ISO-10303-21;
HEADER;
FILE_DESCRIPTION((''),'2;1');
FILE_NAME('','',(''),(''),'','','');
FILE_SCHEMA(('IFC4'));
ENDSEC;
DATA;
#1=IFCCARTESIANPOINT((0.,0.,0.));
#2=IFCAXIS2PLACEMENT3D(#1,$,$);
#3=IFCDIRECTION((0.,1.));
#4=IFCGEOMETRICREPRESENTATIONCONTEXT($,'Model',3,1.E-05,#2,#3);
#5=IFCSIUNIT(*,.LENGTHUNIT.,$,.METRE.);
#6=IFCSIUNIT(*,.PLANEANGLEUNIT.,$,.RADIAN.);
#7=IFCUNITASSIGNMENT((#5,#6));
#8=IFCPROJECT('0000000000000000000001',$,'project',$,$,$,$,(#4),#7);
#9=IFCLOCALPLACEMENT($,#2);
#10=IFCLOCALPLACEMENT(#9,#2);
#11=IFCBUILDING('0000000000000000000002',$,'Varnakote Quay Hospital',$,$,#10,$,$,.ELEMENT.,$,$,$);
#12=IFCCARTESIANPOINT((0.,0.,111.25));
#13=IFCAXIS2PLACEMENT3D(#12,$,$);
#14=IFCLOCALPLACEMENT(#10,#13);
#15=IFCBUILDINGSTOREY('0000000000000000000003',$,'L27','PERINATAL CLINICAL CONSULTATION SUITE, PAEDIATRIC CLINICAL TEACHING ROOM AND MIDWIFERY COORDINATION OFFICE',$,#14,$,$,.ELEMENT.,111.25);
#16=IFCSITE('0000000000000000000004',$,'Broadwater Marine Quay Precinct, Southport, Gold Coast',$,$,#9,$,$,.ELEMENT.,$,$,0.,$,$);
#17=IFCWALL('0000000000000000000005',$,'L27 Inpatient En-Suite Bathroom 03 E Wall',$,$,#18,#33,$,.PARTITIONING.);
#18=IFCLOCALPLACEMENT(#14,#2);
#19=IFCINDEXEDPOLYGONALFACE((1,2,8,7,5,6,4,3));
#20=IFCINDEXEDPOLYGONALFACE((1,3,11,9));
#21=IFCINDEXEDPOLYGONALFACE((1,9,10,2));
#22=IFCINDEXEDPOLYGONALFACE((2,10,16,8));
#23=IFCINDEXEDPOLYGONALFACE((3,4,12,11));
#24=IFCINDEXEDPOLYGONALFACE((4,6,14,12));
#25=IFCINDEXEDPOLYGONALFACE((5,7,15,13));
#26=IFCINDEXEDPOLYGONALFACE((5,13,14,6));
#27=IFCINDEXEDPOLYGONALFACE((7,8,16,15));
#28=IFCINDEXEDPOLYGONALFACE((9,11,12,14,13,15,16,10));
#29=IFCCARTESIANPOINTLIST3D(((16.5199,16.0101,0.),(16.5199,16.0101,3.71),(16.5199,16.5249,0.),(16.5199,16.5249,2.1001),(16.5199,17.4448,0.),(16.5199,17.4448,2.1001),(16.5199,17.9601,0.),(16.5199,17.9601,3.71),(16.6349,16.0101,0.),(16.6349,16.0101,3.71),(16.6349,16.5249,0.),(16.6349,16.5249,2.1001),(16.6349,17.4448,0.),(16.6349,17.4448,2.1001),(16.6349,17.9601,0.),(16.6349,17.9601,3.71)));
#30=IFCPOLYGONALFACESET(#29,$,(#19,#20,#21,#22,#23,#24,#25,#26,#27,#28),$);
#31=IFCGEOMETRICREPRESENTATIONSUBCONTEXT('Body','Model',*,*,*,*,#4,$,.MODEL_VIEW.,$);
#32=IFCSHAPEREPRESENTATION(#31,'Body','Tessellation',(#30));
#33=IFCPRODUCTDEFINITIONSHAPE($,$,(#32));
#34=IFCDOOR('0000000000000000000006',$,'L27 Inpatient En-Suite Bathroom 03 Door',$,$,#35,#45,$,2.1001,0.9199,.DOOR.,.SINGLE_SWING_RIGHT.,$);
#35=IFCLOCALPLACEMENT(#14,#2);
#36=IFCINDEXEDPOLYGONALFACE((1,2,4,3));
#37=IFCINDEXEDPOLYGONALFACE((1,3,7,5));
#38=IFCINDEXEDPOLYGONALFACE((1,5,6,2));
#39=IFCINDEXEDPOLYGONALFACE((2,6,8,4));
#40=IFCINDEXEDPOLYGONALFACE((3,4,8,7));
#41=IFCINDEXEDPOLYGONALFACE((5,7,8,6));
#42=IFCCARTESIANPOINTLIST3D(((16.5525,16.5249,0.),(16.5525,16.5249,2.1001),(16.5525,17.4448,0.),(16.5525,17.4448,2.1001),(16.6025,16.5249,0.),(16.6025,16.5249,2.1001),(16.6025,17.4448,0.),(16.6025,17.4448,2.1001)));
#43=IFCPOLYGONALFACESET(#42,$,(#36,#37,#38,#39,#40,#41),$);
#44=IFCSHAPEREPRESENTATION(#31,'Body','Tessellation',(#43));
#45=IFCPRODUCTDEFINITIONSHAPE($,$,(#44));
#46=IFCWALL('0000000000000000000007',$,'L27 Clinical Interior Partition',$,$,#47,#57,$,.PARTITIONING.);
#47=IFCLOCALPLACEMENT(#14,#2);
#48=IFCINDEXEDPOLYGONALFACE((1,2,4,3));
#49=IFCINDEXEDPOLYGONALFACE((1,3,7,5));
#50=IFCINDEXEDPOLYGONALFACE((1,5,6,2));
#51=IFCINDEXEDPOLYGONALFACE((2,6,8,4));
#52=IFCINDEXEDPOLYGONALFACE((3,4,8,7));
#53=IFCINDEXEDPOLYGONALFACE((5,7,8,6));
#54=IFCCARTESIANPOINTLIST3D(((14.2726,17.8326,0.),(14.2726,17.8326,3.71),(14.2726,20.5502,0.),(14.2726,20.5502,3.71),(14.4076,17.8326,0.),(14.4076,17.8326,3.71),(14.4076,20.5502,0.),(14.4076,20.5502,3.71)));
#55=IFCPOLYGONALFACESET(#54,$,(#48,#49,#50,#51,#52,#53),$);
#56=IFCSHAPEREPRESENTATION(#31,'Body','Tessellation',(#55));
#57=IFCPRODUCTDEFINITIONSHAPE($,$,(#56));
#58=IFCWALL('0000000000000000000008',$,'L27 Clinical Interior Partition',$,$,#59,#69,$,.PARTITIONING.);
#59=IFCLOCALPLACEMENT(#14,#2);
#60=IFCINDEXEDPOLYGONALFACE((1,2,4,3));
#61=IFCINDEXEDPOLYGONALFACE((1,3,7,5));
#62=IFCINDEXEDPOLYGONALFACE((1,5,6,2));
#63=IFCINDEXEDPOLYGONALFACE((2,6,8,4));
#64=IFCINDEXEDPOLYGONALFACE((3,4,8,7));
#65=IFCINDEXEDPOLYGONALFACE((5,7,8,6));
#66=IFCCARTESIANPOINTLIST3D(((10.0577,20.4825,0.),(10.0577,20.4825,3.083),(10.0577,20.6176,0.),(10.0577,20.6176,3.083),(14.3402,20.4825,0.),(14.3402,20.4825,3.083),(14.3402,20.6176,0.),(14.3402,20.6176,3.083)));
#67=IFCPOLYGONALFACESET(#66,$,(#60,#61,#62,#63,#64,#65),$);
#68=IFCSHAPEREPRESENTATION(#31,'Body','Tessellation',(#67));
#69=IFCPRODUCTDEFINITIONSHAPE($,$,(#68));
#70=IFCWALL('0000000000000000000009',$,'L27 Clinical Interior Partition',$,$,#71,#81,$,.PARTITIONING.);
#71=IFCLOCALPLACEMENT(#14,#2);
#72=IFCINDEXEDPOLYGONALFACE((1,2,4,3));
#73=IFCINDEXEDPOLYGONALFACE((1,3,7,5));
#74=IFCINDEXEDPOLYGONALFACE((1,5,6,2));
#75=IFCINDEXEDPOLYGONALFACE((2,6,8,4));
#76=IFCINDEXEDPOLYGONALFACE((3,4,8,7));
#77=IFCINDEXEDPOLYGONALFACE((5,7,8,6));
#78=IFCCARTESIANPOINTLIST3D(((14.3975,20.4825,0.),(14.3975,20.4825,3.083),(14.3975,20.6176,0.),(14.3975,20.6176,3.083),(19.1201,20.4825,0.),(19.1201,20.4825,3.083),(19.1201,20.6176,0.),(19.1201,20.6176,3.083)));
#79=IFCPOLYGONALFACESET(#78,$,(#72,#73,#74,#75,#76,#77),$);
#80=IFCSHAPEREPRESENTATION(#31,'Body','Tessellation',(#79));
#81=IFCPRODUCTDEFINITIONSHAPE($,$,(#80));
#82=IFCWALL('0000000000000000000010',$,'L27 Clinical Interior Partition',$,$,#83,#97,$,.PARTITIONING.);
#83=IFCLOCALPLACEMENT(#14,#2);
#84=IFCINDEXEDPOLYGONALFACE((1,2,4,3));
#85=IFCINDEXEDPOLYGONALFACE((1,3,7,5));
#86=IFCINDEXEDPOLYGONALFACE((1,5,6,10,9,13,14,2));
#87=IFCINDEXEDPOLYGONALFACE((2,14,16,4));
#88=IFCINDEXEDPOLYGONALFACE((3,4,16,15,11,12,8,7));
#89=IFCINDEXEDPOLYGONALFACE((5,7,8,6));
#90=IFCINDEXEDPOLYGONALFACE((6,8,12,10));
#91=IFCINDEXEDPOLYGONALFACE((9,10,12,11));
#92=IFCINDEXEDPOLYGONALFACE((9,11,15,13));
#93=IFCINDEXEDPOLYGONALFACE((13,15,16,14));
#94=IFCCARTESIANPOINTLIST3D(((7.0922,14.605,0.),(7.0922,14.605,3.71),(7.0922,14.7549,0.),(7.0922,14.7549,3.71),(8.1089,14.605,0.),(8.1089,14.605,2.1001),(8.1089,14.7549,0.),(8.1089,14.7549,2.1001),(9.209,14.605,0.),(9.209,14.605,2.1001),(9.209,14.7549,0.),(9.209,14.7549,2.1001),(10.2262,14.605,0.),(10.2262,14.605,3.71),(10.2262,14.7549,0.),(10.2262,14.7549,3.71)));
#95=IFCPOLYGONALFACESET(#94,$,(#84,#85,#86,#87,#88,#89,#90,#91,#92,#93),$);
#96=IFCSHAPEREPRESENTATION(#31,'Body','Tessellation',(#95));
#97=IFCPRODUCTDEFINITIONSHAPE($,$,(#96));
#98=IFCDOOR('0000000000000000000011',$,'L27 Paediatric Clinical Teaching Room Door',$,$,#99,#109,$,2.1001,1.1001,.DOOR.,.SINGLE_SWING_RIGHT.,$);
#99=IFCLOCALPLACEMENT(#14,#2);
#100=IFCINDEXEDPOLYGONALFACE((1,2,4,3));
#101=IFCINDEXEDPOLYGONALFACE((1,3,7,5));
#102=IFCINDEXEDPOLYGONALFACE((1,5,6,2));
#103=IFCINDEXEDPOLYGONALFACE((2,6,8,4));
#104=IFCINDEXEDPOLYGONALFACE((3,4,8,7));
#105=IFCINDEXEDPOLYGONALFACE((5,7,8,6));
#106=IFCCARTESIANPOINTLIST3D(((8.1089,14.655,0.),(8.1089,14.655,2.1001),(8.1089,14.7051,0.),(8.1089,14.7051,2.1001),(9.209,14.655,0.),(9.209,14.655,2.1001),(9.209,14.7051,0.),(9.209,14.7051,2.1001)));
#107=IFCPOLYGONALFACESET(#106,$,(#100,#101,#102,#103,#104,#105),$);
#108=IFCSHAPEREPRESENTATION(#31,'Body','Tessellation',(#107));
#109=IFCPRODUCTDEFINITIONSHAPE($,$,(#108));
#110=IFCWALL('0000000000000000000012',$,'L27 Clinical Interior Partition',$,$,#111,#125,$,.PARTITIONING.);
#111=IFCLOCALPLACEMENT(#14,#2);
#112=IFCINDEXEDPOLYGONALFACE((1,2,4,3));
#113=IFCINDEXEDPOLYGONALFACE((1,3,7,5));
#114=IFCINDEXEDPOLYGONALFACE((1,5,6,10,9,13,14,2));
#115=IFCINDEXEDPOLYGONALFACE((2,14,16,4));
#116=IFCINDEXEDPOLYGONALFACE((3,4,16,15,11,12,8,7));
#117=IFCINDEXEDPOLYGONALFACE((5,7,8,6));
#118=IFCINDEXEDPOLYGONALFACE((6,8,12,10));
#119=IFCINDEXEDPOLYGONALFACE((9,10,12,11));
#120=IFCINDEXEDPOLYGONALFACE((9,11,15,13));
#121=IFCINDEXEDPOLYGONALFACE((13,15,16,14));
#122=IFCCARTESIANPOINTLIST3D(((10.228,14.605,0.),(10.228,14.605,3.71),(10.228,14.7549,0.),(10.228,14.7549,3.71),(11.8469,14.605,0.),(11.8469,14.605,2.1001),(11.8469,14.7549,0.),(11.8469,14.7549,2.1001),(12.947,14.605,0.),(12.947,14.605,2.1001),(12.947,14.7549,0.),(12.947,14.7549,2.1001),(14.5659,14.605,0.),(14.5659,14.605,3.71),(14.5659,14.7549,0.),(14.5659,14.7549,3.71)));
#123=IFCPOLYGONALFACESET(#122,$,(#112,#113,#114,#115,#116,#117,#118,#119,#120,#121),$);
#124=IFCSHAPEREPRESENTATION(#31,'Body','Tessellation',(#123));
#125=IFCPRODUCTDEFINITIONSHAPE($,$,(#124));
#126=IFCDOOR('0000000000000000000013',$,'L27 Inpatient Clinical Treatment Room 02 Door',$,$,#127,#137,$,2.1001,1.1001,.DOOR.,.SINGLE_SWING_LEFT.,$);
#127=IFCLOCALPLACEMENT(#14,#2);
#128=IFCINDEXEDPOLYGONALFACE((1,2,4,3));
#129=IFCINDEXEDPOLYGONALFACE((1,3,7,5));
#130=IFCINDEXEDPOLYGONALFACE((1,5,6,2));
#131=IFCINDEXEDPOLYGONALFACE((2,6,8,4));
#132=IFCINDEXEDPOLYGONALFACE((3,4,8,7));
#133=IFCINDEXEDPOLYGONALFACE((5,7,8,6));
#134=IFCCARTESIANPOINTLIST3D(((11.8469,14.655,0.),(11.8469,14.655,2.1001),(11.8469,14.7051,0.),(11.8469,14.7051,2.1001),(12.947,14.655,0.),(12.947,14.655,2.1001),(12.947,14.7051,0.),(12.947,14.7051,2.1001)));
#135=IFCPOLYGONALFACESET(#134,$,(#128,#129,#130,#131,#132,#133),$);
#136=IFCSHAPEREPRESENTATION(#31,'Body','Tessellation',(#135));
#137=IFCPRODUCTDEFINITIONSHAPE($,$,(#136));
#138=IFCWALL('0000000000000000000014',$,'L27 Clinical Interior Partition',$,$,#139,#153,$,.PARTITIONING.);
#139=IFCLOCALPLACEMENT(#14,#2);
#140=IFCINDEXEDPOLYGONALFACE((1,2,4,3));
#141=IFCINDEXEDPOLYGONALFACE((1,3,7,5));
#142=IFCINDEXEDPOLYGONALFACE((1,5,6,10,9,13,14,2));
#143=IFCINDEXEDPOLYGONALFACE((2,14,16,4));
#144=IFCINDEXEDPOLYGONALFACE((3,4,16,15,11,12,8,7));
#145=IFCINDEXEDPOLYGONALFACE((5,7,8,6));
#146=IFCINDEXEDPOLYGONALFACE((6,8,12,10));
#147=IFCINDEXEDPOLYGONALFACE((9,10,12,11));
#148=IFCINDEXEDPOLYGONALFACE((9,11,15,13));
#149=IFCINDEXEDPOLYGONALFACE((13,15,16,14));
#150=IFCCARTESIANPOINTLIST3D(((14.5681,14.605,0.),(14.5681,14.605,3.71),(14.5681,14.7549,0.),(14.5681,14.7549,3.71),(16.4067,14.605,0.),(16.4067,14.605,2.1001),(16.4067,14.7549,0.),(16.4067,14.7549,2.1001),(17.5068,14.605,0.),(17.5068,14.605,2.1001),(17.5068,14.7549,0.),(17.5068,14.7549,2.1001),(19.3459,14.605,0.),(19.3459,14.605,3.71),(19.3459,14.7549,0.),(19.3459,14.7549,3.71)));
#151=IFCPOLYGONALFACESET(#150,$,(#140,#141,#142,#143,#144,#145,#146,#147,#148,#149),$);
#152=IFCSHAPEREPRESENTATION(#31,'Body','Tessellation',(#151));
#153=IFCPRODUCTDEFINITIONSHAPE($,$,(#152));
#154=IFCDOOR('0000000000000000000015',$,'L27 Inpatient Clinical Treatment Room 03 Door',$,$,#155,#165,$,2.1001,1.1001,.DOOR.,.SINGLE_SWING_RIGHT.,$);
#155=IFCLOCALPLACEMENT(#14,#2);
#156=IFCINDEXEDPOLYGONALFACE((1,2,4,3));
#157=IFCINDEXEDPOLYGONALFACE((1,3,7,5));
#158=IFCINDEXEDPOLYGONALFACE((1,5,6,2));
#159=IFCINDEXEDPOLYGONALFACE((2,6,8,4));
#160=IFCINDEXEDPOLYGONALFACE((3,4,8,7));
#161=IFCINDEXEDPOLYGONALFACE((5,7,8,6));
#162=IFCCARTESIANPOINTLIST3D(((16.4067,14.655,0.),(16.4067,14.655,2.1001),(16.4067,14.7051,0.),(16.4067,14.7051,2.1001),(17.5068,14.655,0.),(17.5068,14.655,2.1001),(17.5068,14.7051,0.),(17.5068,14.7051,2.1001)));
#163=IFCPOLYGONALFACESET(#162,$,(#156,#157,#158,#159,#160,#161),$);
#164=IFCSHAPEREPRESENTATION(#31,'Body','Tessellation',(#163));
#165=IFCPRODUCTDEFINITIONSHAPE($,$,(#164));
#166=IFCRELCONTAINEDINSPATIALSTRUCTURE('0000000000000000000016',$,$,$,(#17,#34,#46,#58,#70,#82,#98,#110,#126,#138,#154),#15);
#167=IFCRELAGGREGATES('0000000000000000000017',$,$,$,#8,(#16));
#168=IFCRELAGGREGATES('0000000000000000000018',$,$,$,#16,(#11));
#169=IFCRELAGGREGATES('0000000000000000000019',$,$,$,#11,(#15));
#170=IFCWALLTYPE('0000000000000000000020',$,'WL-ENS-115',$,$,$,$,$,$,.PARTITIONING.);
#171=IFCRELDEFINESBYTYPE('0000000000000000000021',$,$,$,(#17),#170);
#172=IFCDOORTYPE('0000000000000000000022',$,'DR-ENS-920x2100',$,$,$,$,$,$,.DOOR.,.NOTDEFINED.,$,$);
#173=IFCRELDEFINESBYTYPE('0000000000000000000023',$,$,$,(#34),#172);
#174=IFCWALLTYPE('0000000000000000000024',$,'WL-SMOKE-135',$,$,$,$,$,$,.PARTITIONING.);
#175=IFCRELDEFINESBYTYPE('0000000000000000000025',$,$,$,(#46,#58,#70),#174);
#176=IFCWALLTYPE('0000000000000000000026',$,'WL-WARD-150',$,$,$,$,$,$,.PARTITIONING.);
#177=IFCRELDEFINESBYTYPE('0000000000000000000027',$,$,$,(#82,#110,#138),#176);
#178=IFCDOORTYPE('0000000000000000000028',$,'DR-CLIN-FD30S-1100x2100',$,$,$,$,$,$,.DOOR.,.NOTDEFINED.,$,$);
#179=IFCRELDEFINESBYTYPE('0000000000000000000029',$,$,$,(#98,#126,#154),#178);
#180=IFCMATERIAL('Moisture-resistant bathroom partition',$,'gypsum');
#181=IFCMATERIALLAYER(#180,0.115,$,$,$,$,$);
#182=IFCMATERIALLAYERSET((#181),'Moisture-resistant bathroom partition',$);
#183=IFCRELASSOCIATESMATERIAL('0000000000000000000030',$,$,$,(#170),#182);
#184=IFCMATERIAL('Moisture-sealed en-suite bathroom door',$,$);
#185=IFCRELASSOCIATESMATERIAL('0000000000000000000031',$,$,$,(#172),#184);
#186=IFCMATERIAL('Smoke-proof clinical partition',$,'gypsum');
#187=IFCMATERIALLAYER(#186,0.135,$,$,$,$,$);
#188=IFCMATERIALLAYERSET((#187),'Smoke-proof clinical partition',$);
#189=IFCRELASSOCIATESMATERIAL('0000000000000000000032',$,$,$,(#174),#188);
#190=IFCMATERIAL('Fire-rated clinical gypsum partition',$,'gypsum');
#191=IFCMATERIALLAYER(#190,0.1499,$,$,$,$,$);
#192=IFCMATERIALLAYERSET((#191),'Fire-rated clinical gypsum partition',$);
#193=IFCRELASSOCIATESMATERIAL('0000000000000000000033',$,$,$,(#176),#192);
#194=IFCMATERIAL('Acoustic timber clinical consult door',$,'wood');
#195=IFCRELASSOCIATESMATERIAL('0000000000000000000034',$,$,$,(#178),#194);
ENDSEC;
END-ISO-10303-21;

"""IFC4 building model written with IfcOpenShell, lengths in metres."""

from ifc_helpers import new_model, si_unit, direction, frame, frame_2d, origin, place, context, subcontext, project, spatial, rectangle, extrude, material, layer, layer_set, type_object, element, fill, save


model = new_model("IFC4")

# Units and contexts
model_context = context("Model", 3, precision=1e-05, world=origin(), true_north=direction((0.0, 1.0)))
body_context = subcontext(model_context, "Body", "Model", "MODEL_VIEW")
ifc_project = project(units=[si_unit("LENGTHUNIT", "METRE"), si_unit("PLANEANGLEUNIT", "RADIAN")], contexts=[model_context])

# Site, building, storey
site_placement = place(None, origin())
site = spatial("IfcSite", under=ifc_project, at=site_placement, Name="Broadwater Marine Quay Precinct, Southport, Gold Coast", CompositionType="ELEMENT", RefElevation=0.0)
building_placement = place(site_placement, origin())
building = spatial("IfcBuilding", under=site, at=building_placement, Name="Varnakote Quay Hospital", CompositionType="ELEMENT")
storey_placement = place(building_placement, frame((0.0, 0.0, 111.25)))
storey = spatial("IfcBuildingStorey", under=building, at=storey_placement, Name="L27", Description="PERINATAL CLINICAL CONSULTATION SUITE, PAEDIATRIC CLINICAL TEACHING ROOM AND MIDWIFERY COORDINATION OFFICE", CompositionType="ELEMENT", Elevation=111.25)

# Shared definitions
ifc_material_1 = material(Name="Moisture-resistant bathroom partition", Category="gypsum")
ifc_layer_1 = layer(ifc_material_1, 0.115)
ifc_layer_set_1 = layer_set([ifc_layer_1], Name="Moisture-resistant bathroom partition")
wall_type_1 = type_object("IfcWallType", Name="WL-ENS-115", PredefinedType="PARTITIONING", material=ifc_layer_set_1)

# Shared definitions
ifc_material_2 = material(Name="Moisture-sealed en-suite bathroom door")
door_type_1 = type_object("IfcDoorType", Name="DR-ENS-920x2100", OperationType="NOTDEFINED", PredefinedType="DOOR", material=ifc_material_2)

# Wall, opening, door
wall_1_placement = place(storey_placement, frame((16.5774, 16.01, 0.0), z_axis=(0.0, 0.0, 1.0), x_axis=(0.0, 1.0, 0.0)))
wall_1 = element("IfcWall", 1, at=wall_1_placement, inside=storey, type_object=wall_type_1, Name="L27 Inpatient En-Suite Bathroom 03 E Wall", PredefinedType="PARTITIONING", context=body_context, shape_type="SweptSolid", body=[
    extrude(rectangle(XDim=1.95, YDim=0.115, at=frame_2d((0.9751, 0.0))), origin(), (0.0, 0.0, 1.0), 3.71),
])
opening_1_placement = place(wall_1_placement, frame((0.5149, 0.0, 0.0)))
opening_1 = element("IfcOpeningElement", 2, at=opening_1_placement, cuts=wall_1, PredefinedType="OPENING", context=body_context, shape_type="SweptSolid", body=[
    extrude(rectangle(XDim=0.9199, YDim=2.1001, at=frame_2d((0.46, 1.05))), frame((0.0, 0.0674, 0.0), z_axis=(0.0, -1.0, 0.0), x_axis=(1.0, 0.0, 0.0)), (0.0, 0.0, 1.0), 0.135),
])
door_1_placement = place(opening_1_placement, origin())
door_1 = element("IfcDoor", 3, at=door_1_placement, inside=storey, type_object=door_type_1, Name="L27 Inpatient En-Suite Bathroom 03 Door", OperationType="SINGLE_SWING_RIGHT", OverallHeight=2.1001, OverallWidth=0.9199, PredefinedType="DOOR", context=body_context, shape_type="SweptSolid", body=[
    extrude(rectangle(XDim=0.9199, YDim=2.1001, at=frame_2d((0.46, 1.05))), frame((0.0, 0.0249, 0.0), z_axis=(0.0, -1.0, 0.0), x_axis=(1.0, 0.0, 0.0)), (0.0, 0.0, 1.0), 0.05),
])
fill(opening_1, door_1)

# Walls
ifc_material_3 = material(Name="Smoke-proof clinical partition", Category="gypsum")
ifc_layer_2 = layer(ifc_material_3, 0.135)
ifc_layer_set_2 = layer_set([ifc_layer_2], Name="Smoke-proof clinical partition")
wall_type_2 = type_object("IfcWallType", Name="WL-SMOKE-135", PredefinedType="PARTITIONING", material=ifc_layer_set_2)
wall_2_placement = place(storey_placement, frame((14.3401, 17.8325, 0.0), z_axis=(0.0, 0.0, 1.0), x_axis=(0.0, 1.0, 0.0)))
element("IfcWall", 4, at=wall_2_placement, inside=storey, type_object=wall_type_2, Name="L27 Clinical Interior Partition", PredefinedType="PARTITIONING", context=body_context, shape_type="SweptSolid", body=[
    extrude(rectangle(XDim=2.7175, YDim=0.135, at=frame_2d((1.3589, 0.0))), origin(), (0.0, 0.0, 1.0), 3.71),
])
wall_3_placement = place(storey_placement, frame((14.3401, 20.55, 0.0), z_axis=(0.0, 0.0, 1.0), x_axis=(-1.0, 0.0, 0.0)))
element("IfcWall", 5, at=wall_3_placement, inside=storey, type_object=wall_type_2, Name="L27 Clinical Interior Partition", PredefinedType="PARTITIONING", context=body_context, shape_type="SweptSolid", body=[
    extrude(rectangle(XDim=4.2825, YDim=0.135, at=frame_2d((2.1411, 0.0))), origin(), (0.0, 0.0, 1.0), 3.083),
])
wall_4_placement = place(storey_placement, frame((19.1201, 20.55, 0.0), z_axis=(0.0, 0.0, 1.0), x_axis=(-1.0, 0.0, 0.0)))
element("IfcWall", 6, at=wall_4_placement, inside=storey, type_object=wall_type_2, Name="L27 Clinical Interior Partition", PredefinedType="PARTITIONING", context=body_context, shape_type="SweptSolid", body=[
    extrude(rectangle(XDim=4.7227, YDim=0.135, at=frame_2d((2.3613, 0.0))), origin(), (0.0, 0.0, 1.0), 3.083),
])

# Walls, openings, doors
ifc_material_4 = material(Name="Fire-rated clinical gypsum partition", Category="gypsum")
ifc_layer_3 = layer(ifc_material_4, 0.1499)
ifc_layer_set_3 = layer_set([ifc_layer_3], Name="Fire-rated clinical gypsum partition")
wall_type_3 = type_object("IfcWallType", Name="WL-WARD-150", PredefinedType="PARTITIONING", material=ifc_layer_set_3)
wall_5_placement = place(storey_placement, frame((10.2261, 14.6799, 0.0), z_axis=(0.0, 0.0, 1.0), x_axis=(-1.0, 0.0, 0.0)))
wall_5 = element("IfcWall", 7, at=wall_5_placement, inside=storey, type_object=wall_type_3, Name="L27 Clinical Interior Partition", PredefinedType="PARTITIONING", context=body_context, shape_type="SweptSolid", body=[
    extrude(rectangle(XDim=3.134, YDim=0.1499, at=frame_2d((1.5669, 0.0))), origin(), (0.0, 0.0, 1.0), 3.71),
])
opening_2_placement = place(wall_5_placement, frame((1.0171, 0.0, 0.0)))
opening_2 = element("IfcOpeningElement", 8, at=opening_2_placement, cuts=wall_5, PredefinedType="OPENING", context=body_context, shape_type="SweptSolid", body=[
    extrude(rectangle(XDim=1.1001, YDim=2.1001, at=frame_2d((0.55, 1.05))), frame((0.0, 0.085, 0.0), z_axis=(0.0, -1.0, 0.0), x_axis=(1.0, 0.0, 0.0)), (0.0, 0.0, 1.0), 0.1699),
])
ifc_material_5 = material(Name="Acoustic timber clinical consult door", Category="wood")
door_type_2 = type_object("IfcDoorType", Name="DR-CLIN-FD30S-1100x2100", OperationType="NOTDEFINED", PredefinedType="DOOR", material=ifc_material_5)
door_2_placement = place(opening_2_placement, origin())
door_2 = element("IfcDoor", 9, at=door_2_placement, inside=storey, type_object=door_type_2, Name="L27 Paediatric Clinical Teaching Room Door", OperationType="SINGLE_SWING_RIGHT", OverallHeight=2.1001, OverallWidth=1.1001, PredefinedType="DOOR", context=body_context, shape_type="SweptSolid", body=[
    extrude(rectangle(XDim=1.1001, YDim=2.1001, at=frame_2d((0.55, 1.05))), frame((0.0, 0.0249, 0.0), z_axis=(0.0, -1.0, 0.0), x_axis=(1.0, 0.0, 0.0)), (0.0, 0.0, 1.0), 0.05),
])
fill(opening_2, door_2)
wall_6_placement = place(storey_placement, frame((14.5659, 14.6799, 0.0), z_axis=(0.0, 0.0, 1.0), x_axis=(-1.0, 0.0, 0.0)))
wall_6 = element("IfcWall", 10, at=wall_6_placement, inside=storey, type_object=wall_type_3, Name="L27 Clinical Interior Partition", PredefinedType="PARTITIONING", context=body_context, shape_type="SweptSolid", body=[
    extrude(rectangle(XDim=4.3379, YDim=0.1499, at=frame_2d((2.1689, 0.0))), origin(), (0.0, 0.0, 1.0), 3.71),
])
opening_3_placement = place(wall_6_placement, frame((1.6189, 0.0, 0.0)))
opening_3 = element("IfcOpeningElement", 11, at=opening_3_placement, cuts=wall_6, PredefinedType="OPENING", context=body_context, shape_type="SweptSolid", body=[
    extrude(rectangle(XDim=1.1001, YDim=2.1001, at=frame_2d((0.55, 1.05))), frame((0.0, 0.085, 0.0), z_axis=(0.0, -1.0, 0.0), x_axis=(1.0, 0.0, 0.0)), (0.0, 0.0, 1.0), 0.1699),
])
door_3_placement = place(opening_3_placement, origin())
door_3 = element("IfcDoor", 12, at=door_3_placement, inside=storey, type_object=door_type_2, Name="L27 Inpatient Clinical Treatment Room 02 Door", OperationType="SINGLE_SWING_LEFT", OverallHeight=2.1001, OverallWidth=1.1001, PredefinedType="DOOR", context=body_context, shape_type="SweptSolid", body=[
    extrude(rectangle(XDim=1.1001, YDim=2.1001, at=frame_2d((0.55, 1.05))), frame((0.0, 0.0249, 0.0), z_axis=(0.0, -1.0, 0.0), x_axis=(1.0, 0.0, 0.0)), (0.0, 0.0, 1.0), 0.05),
])
fill(opening_3, door_3)
wall_7_placement = place(storey_placement, frame((19.3459, 14.6799, 0.0), z_axis=(0.0, 0.0, 1.0), x_axis=(-1.0, 0.0, 0.0)))
wall_7 = element("IfcWall", 13, at=wall_7_placement, inside=storey, type_object=wall_type_3, Name="L27 Clinical Interior Partition", PredefinedType="PARTITIONING", context=body_context, shape_type="SweptSolid", body=[
    extrude(rectangle(XDim=4.7778, YDim=0.1499, at=frame_2d((2.3889, 0.0))), origin(), (0.0, 0.0, 1.0), 3.71),
])
opening_4_placement = place(wall_7_placement, frame((1.8391, 0.0, 0.0)))
opening_4 = element("IfcOpeningElement", 14, at=opening_4_placement, cuts=wall_7, PredefinedType="OPENING", context=body_context, shape_type="SweptSolid", body=[
    extrude(rectangle(XDim=1.1001, YDim=2.1001, at=frame_2d((0.55, 1.05))), frame((0.0, 0.085, 0.0), z_axis=(0.0, -1.0, 0.0), x_axis=(1.0, 0.0, 0.0)), (0.0, 0.0, 1.0), 0.1699),
])
door_4_placement = place(opening_4_placement, origin())
door_4 = element("IfcDoor", 15, at=door_4_placement, inside=storey, type_object=door_type_2, Name="L27 Inpatient Clinical Treatment Room 03 Door", OperationType="SINGLE_SWING_RIGHT", OverallHeight=2.1001, OverallWidth=1.1001, PredefinedType="DOOR", context=body_context, shape_type="SweptSolid", body=[
    extrude(rectangle(XDim=1.1001, YDim=2.1001, at=frame_2d((0.55, 1.05))), frame((0.0, 0.0249, 0.0), z_axis=(0.0, -1.0, 0.0), x_axis=(1.0, 0.0, 0.0)), (0.0, 0.0, 1.0), 0.05),
])
fill(opening_4, door_4)

save(model, "model.ifc")
